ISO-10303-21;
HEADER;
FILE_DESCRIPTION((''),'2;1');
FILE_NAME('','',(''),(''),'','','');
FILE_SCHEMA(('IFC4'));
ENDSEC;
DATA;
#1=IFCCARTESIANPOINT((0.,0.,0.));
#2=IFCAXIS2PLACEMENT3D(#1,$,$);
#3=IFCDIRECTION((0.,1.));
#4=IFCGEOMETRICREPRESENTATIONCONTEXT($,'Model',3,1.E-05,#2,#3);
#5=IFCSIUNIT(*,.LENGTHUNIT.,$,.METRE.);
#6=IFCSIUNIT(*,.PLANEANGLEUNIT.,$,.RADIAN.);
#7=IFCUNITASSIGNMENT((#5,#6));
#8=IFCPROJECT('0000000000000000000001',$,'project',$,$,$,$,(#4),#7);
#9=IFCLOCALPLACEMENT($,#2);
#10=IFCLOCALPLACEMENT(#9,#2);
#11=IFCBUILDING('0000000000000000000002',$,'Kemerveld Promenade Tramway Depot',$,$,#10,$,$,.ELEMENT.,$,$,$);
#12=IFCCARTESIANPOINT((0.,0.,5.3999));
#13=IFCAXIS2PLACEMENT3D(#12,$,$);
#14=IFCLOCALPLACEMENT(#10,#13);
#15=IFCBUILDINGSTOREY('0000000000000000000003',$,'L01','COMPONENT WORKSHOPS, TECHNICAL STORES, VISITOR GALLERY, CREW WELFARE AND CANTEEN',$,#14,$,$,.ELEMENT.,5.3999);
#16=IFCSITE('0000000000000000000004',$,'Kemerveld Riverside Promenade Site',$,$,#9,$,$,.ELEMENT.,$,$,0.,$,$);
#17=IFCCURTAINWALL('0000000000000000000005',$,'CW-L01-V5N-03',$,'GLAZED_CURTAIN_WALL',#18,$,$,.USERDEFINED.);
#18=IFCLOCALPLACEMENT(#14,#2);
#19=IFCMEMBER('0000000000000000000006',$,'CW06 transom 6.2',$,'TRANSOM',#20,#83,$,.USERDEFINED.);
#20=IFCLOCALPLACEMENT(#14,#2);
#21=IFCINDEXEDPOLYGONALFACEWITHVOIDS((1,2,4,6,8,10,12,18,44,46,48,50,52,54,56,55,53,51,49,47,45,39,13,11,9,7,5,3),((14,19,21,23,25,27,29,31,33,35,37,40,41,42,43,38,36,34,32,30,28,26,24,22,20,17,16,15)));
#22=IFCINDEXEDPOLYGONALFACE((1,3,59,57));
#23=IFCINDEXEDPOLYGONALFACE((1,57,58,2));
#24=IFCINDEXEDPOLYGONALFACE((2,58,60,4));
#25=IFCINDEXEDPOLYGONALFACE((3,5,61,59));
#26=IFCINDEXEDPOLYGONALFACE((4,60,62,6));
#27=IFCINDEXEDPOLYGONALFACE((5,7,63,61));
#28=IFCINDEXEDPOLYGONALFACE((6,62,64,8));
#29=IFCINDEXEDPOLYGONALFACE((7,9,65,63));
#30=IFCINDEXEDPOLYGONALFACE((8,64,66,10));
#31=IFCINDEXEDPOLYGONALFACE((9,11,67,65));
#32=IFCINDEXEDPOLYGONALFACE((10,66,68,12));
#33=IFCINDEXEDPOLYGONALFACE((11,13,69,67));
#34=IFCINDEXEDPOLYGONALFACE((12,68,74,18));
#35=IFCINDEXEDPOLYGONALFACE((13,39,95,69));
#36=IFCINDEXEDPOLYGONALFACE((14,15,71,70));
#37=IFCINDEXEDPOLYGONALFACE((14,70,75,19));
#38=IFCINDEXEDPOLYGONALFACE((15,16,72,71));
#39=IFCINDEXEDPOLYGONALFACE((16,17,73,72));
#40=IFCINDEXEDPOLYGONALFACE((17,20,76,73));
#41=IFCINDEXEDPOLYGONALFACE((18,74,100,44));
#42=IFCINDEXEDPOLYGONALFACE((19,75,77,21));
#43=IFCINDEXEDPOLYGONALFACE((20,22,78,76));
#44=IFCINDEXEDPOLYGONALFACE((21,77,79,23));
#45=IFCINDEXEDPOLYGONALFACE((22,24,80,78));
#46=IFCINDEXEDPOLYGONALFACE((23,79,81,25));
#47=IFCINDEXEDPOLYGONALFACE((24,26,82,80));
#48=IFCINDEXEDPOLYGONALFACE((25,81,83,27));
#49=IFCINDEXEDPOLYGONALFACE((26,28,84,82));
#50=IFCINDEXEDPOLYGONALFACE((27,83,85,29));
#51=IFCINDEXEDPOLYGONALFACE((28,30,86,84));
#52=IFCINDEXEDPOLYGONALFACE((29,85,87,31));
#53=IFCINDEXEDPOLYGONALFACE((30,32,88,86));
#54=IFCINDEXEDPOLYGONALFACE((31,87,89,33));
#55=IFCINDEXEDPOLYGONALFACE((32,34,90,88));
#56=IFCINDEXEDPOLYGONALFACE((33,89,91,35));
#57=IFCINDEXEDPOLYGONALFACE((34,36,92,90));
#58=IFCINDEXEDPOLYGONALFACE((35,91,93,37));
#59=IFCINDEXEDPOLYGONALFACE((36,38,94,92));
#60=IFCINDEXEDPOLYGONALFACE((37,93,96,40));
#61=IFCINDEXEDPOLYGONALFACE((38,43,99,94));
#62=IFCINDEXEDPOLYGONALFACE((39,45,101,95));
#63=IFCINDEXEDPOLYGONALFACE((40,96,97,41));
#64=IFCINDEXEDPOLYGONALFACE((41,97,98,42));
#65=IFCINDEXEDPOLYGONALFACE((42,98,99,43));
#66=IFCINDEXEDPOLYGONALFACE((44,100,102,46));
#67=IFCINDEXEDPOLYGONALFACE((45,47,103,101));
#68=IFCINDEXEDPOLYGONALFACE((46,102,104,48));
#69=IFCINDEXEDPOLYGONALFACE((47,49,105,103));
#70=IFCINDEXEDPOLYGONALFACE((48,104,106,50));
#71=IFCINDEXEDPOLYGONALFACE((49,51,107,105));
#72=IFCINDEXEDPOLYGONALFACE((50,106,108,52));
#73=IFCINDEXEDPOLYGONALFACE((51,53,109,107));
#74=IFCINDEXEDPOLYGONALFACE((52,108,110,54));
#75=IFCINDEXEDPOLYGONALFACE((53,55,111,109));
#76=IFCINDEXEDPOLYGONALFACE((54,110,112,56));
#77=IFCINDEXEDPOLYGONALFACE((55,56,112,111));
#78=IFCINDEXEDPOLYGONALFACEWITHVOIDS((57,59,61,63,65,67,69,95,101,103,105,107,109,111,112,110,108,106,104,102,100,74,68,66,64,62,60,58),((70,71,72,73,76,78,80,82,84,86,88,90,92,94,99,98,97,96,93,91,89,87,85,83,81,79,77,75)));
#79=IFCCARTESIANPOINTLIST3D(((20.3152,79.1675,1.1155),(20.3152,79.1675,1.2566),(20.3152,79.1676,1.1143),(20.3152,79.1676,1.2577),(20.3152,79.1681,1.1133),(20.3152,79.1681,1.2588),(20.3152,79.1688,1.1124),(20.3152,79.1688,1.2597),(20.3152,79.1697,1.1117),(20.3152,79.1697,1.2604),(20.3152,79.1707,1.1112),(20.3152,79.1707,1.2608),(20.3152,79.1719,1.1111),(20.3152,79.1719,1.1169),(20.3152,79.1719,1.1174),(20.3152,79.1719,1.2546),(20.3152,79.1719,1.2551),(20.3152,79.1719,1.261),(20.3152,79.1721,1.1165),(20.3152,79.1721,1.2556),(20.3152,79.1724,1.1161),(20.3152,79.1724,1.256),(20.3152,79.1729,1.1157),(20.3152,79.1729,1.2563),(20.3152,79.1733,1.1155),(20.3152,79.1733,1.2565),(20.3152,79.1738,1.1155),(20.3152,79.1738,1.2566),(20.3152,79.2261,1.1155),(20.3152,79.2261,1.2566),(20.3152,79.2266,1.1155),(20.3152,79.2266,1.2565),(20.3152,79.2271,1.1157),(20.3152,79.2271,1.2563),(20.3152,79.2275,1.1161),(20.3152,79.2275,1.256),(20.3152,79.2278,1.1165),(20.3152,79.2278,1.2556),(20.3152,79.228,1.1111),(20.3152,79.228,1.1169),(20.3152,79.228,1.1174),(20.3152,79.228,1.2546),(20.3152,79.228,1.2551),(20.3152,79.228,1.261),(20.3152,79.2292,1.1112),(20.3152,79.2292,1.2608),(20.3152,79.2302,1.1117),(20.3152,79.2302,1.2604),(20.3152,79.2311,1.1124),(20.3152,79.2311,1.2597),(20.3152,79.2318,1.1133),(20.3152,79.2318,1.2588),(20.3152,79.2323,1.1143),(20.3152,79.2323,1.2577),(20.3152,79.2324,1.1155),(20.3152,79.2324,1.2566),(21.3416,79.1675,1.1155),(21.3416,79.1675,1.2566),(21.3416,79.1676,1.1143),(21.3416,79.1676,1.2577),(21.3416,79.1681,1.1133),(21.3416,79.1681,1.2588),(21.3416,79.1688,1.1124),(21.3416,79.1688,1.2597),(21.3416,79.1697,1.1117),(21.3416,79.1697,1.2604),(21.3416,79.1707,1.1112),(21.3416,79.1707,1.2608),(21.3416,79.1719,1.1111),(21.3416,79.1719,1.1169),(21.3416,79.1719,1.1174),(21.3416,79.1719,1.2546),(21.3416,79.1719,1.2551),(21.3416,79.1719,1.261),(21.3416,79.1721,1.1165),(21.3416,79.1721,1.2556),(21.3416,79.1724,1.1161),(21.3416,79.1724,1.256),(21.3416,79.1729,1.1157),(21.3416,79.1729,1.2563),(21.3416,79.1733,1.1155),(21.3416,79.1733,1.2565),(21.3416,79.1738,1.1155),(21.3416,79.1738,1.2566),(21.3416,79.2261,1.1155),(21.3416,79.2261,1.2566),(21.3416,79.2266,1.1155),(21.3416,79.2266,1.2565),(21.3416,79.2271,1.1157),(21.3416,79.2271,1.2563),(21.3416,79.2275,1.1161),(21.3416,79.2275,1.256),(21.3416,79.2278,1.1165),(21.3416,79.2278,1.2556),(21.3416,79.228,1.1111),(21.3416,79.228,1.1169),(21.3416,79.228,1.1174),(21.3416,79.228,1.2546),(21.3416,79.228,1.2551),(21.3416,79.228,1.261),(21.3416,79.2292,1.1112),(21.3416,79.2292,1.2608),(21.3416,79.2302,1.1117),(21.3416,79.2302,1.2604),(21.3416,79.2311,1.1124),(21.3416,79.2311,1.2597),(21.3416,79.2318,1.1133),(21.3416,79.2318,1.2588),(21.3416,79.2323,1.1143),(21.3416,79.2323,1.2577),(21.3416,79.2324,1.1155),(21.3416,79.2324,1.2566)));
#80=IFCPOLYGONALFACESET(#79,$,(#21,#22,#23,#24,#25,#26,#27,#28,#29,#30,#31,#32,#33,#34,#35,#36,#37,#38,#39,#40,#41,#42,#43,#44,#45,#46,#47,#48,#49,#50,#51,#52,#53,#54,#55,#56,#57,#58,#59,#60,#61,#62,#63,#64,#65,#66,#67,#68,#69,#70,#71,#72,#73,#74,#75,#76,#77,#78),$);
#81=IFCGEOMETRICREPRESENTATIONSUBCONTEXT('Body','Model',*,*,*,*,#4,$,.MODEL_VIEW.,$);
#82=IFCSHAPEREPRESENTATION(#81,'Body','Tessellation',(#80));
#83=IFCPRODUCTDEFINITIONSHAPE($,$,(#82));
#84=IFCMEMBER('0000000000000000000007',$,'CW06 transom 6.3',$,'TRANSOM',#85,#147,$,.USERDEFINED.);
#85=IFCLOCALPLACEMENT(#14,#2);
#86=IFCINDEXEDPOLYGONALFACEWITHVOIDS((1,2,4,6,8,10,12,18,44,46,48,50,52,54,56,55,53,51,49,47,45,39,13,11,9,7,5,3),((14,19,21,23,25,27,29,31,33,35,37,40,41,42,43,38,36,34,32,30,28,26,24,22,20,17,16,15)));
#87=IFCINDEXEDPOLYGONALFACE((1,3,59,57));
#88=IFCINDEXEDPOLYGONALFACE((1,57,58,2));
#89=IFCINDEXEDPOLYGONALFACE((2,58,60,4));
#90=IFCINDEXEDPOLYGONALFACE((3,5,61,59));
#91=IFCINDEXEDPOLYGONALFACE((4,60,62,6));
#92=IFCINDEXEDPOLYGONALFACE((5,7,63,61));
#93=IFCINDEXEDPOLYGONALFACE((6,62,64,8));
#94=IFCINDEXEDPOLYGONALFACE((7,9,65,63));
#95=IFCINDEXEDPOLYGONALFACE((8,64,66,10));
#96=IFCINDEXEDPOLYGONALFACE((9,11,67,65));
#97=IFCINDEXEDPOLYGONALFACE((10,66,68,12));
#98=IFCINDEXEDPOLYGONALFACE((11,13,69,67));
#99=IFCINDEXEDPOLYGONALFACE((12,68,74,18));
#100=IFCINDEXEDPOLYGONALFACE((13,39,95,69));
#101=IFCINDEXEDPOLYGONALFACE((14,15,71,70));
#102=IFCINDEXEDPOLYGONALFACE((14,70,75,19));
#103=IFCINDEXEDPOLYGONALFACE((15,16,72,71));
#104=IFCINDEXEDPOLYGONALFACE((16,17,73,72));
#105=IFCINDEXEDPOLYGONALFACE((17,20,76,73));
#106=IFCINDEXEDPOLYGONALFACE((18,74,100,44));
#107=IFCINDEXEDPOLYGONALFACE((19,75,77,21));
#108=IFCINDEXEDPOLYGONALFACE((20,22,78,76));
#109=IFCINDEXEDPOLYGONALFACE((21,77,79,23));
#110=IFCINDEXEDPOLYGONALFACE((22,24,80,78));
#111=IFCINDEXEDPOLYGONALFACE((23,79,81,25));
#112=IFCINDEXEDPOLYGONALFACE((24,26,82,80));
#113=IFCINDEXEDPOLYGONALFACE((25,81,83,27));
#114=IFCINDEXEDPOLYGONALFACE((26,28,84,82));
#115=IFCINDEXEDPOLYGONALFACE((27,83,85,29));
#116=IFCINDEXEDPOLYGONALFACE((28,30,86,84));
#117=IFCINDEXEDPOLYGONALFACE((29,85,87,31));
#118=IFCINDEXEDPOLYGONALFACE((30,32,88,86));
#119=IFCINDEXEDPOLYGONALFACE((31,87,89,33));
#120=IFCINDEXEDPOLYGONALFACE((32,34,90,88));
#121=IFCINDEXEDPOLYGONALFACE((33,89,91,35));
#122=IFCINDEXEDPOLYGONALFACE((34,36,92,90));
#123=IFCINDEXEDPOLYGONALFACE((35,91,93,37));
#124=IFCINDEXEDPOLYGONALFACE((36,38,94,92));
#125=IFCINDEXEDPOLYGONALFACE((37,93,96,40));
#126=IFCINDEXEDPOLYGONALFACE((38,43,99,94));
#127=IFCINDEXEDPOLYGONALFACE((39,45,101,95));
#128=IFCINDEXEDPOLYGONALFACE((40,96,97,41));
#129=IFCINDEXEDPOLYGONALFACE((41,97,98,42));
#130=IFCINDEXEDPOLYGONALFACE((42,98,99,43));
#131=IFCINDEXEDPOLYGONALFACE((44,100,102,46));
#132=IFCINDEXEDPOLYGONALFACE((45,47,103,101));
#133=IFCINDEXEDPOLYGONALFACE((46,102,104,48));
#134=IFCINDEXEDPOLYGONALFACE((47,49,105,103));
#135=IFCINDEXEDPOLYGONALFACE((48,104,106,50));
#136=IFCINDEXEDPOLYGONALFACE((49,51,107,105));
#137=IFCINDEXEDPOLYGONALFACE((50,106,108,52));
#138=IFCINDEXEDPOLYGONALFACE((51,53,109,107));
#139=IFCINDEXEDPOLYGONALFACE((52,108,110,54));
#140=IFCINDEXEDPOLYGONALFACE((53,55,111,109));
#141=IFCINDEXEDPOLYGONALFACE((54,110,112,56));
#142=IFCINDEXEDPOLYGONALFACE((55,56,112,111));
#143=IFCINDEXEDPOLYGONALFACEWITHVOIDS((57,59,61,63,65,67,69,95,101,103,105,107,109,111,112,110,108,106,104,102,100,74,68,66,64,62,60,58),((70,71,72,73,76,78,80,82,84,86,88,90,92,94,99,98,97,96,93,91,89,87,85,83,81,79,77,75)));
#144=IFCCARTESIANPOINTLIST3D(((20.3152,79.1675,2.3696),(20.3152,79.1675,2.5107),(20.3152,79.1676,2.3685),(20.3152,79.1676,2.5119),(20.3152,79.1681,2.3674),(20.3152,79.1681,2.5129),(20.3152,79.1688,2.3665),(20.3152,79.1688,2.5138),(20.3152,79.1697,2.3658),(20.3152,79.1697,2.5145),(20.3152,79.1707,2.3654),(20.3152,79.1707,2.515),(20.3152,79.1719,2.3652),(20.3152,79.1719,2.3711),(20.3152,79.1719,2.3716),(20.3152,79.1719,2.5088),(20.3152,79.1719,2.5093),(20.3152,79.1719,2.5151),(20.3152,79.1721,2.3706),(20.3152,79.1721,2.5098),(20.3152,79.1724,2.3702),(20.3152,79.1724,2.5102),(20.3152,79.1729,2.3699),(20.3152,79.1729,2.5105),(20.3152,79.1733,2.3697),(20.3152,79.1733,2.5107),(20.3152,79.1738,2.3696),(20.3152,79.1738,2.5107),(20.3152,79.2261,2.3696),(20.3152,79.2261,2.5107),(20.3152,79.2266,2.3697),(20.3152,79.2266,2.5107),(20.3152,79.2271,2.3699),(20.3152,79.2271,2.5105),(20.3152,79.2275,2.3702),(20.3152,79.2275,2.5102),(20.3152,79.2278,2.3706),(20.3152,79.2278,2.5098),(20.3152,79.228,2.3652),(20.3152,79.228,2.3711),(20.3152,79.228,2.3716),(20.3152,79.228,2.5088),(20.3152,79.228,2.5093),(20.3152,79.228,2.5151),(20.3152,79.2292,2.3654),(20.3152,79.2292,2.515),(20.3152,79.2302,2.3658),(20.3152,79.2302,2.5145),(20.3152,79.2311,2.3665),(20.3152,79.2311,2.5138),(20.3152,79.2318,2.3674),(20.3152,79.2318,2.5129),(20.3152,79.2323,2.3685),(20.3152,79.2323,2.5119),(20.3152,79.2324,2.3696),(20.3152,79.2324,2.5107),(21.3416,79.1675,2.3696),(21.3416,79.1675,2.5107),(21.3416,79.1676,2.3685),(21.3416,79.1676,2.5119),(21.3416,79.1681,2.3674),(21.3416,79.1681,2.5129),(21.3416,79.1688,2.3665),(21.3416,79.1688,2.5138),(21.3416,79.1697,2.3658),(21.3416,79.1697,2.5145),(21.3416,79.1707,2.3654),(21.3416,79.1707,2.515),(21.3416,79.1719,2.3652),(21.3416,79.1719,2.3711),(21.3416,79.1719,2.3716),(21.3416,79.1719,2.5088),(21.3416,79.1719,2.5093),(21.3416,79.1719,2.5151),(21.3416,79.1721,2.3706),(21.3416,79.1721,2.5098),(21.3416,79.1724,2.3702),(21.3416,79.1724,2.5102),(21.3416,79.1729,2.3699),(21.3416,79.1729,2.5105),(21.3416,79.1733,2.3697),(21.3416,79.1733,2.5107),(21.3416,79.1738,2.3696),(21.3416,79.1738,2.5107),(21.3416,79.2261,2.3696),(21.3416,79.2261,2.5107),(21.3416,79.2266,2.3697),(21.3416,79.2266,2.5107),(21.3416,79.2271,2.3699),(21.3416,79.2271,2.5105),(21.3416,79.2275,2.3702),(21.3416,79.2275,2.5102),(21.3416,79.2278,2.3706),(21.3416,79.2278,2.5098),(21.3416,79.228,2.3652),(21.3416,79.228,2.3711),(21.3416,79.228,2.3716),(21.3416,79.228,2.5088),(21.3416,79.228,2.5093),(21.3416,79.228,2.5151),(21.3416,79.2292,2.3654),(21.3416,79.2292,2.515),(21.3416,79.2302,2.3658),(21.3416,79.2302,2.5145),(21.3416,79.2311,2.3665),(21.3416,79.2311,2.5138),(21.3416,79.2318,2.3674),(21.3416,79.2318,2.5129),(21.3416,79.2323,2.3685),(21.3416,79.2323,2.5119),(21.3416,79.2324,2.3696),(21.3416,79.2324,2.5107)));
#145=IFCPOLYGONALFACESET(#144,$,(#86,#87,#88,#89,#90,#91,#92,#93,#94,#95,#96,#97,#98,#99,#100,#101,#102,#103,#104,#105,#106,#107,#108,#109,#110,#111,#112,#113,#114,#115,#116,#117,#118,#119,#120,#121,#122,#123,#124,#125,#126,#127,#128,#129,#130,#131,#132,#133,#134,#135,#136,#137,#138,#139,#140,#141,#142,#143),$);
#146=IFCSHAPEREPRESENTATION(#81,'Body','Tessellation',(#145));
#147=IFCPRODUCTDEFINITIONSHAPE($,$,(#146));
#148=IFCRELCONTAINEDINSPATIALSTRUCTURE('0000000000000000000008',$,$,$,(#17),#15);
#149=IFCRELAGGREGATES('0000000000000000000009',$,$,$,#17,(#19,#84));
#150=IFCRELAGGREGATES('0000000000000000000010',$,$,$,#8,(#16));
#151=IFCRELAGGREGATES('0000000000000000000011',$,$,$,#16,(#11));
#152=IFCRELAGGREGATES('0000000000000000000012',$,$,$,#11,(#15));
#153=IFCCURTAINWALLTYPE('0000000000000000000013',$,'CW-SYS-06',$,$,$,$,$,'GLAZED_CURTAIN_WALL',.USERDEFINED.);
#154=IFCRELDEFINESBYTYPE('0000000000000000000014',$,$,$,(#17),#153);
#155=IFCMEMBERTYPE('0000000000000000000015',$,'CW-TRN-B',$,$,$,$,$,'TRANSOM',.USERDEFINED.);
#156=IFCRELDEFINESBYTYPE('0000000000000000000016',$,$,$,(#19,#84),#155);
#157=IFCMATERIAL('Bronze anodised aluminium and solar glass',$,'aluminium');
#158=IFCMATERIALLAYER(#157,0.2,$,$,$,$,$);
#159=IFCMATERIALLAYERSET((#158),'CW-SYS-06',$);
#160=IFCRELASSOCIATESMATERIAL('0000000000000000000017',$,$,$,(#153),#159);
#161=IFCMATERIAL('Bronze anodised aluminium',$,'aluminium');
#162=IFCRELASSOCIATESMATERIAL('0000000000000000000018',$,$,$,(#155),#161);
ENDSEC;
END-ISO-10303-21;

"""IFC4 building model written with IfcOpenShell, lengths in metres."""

from ifc_helpers import new_model, si_unit, direction, frame, origin, origin_2d, place, context, subcontext, project, spatial, hollow_rectangle, extrude, material, layer, layer_set, material_profile, profile_set, type_object, element, aggregate, save


model = new_model("IFC4")

# Units and contexts
model_context = context("Model", 3, precision=1e-05, world=origin(), true_north=direction((0.0, 1.0)))
body_context = subcontext(model_context, "Body", "Model", "MODEL_VIEW")
ifc_project = project(units=[si_unit("LENGTHUNIT", "METRE"), si_unit("PLANEANGLEUNIT", "RADIAN")], contexts=[model_context])

# Site, building, storey
site_placement = place(None, origin())
site = spatial("IfcSite", under=ifc_project, at=site_placement, Name="Kemerveld Riverside Promenade Site", CompositionType="ELEMENT", RefElevation=0.0)
building_placement = place(site_placement, origin())
building = spatial("IfcBuilding", under=site, at=building_placement, Name="Kemerveld Promenade Tramway Depot", CompositionType="ELEMENT")
storey_placement = place(building_placement, frame((0.0, 0.0, 5.3999)))
storey = spatial("IfcBuildingStorey", under=building, at=storey_placement, Name="L01", Description="COMPONENT WORKSHOPS, TECHNICAL STORES, VISITOR GALLERY, CREW WELFARE AND CANTEEN", CompositionType="ELEMENT", Elevation=5.3999)

# Curtain wall, members
ifc_material_1 = material(Name="Bronze anodised aluminium and solar glass", Category="aluminium")
ifc_layer_1 = layer(ifc_material_1, 0.2)
ifc_layer_set_1 = layer_set([ifc_layer_1], Name="CW-SYS-06")
curtain_wall_type = type_object("IfcCurtainWallType", Name="CW-SYS-06", ElementType="GLAZED_CURTAIN_WALL", PredefinedType="USERDEFINED", material=ifc_layer_set_1)
curtain_wall_placement = place(storey_placement, origin())
curtain_wall = element("IfcCurtainWall", 1, at=curtain_wall_placement, inside=storey, type_object=curtain_wall_type, Name="CW-L01-V5N-03", ObjectType="GLAZED_CURTAIN_WALL", PredefinedType="USERDEFINED")
ifc_material_2 = material(Name="Bronze anodised aluminium", Category="aluminium")
ifc_material_profile_1 = material_profile(ifc_material_2, hollow_rectangle(XDim=0.0649, YDim=0.1499, WallThickness=0.0044, InnerFilletRadius=0.002, OuterFilletRadius=0.0044, at=origin_2d()), Name="CW-TRN-150x65")
ifc_profile_set_1 = profile_set([ifc_material_profile_1], Name="Bronze anodised aluminium")
member_type_1 = type_object("IfcMemberType", Name="CW-TRN-B", ElementType="TRANSOM", PredefinedType="USERDEFINED", material=ifc_profile_set_1)
member_1_placement = place(storey_placement, frame((20.3152, 79.2, 1.186), z_axis=(1.0, 0.0, 0.0), x_axis=(0.0, 1.0, 0.0)))
member_1 = element("IfcMember", 2, at=member_1_placement, type_object=member_type_1, Name="CW06 transom 6.2", ObjectType="TRANSOM", PredefinedType="USERDEFINED", context=body_context, shape_type="SweptSolid", body=[
    extrude(hollow_rectangle(XDim=0.0649, YDim=0.1499, WallThickness=0.0044, InnerFilletRadius=0.002, OuterFilletRadius=0.0044, at=origin_2d()), origin(), (0.0, 0.0, 1.0), 1.0264),
])
member_2_placement = place(storey_placement, frame((20.3152, 79.2, 2.4402), z_axis=(1.0, 0.0, 0.0), x_axis=(0.0, 1.0, 0.0)))
member_2 = element("IfcMember", 3, at=member_2_placement, type_object=member_type_1, Name="CW06 transom 6.3", ObjectType="TRANSOM", PredefinedType="USERDEFINED", context=body_context, shape_type="SweptSolid", body=[
    extrude(hollow_rectangle(XDim=0.0649, YDim=0.1499, WallThickness=0.0044, InnerFilletRadius=0.002, OuterFilletRadius=0.0044, at=origin_2d()), origin(), (0.0, 0.0, 1.0), 1.0264),
])
aggregate(curtain_wall, [member_1, member_2])

save(model, "model.ifc")
